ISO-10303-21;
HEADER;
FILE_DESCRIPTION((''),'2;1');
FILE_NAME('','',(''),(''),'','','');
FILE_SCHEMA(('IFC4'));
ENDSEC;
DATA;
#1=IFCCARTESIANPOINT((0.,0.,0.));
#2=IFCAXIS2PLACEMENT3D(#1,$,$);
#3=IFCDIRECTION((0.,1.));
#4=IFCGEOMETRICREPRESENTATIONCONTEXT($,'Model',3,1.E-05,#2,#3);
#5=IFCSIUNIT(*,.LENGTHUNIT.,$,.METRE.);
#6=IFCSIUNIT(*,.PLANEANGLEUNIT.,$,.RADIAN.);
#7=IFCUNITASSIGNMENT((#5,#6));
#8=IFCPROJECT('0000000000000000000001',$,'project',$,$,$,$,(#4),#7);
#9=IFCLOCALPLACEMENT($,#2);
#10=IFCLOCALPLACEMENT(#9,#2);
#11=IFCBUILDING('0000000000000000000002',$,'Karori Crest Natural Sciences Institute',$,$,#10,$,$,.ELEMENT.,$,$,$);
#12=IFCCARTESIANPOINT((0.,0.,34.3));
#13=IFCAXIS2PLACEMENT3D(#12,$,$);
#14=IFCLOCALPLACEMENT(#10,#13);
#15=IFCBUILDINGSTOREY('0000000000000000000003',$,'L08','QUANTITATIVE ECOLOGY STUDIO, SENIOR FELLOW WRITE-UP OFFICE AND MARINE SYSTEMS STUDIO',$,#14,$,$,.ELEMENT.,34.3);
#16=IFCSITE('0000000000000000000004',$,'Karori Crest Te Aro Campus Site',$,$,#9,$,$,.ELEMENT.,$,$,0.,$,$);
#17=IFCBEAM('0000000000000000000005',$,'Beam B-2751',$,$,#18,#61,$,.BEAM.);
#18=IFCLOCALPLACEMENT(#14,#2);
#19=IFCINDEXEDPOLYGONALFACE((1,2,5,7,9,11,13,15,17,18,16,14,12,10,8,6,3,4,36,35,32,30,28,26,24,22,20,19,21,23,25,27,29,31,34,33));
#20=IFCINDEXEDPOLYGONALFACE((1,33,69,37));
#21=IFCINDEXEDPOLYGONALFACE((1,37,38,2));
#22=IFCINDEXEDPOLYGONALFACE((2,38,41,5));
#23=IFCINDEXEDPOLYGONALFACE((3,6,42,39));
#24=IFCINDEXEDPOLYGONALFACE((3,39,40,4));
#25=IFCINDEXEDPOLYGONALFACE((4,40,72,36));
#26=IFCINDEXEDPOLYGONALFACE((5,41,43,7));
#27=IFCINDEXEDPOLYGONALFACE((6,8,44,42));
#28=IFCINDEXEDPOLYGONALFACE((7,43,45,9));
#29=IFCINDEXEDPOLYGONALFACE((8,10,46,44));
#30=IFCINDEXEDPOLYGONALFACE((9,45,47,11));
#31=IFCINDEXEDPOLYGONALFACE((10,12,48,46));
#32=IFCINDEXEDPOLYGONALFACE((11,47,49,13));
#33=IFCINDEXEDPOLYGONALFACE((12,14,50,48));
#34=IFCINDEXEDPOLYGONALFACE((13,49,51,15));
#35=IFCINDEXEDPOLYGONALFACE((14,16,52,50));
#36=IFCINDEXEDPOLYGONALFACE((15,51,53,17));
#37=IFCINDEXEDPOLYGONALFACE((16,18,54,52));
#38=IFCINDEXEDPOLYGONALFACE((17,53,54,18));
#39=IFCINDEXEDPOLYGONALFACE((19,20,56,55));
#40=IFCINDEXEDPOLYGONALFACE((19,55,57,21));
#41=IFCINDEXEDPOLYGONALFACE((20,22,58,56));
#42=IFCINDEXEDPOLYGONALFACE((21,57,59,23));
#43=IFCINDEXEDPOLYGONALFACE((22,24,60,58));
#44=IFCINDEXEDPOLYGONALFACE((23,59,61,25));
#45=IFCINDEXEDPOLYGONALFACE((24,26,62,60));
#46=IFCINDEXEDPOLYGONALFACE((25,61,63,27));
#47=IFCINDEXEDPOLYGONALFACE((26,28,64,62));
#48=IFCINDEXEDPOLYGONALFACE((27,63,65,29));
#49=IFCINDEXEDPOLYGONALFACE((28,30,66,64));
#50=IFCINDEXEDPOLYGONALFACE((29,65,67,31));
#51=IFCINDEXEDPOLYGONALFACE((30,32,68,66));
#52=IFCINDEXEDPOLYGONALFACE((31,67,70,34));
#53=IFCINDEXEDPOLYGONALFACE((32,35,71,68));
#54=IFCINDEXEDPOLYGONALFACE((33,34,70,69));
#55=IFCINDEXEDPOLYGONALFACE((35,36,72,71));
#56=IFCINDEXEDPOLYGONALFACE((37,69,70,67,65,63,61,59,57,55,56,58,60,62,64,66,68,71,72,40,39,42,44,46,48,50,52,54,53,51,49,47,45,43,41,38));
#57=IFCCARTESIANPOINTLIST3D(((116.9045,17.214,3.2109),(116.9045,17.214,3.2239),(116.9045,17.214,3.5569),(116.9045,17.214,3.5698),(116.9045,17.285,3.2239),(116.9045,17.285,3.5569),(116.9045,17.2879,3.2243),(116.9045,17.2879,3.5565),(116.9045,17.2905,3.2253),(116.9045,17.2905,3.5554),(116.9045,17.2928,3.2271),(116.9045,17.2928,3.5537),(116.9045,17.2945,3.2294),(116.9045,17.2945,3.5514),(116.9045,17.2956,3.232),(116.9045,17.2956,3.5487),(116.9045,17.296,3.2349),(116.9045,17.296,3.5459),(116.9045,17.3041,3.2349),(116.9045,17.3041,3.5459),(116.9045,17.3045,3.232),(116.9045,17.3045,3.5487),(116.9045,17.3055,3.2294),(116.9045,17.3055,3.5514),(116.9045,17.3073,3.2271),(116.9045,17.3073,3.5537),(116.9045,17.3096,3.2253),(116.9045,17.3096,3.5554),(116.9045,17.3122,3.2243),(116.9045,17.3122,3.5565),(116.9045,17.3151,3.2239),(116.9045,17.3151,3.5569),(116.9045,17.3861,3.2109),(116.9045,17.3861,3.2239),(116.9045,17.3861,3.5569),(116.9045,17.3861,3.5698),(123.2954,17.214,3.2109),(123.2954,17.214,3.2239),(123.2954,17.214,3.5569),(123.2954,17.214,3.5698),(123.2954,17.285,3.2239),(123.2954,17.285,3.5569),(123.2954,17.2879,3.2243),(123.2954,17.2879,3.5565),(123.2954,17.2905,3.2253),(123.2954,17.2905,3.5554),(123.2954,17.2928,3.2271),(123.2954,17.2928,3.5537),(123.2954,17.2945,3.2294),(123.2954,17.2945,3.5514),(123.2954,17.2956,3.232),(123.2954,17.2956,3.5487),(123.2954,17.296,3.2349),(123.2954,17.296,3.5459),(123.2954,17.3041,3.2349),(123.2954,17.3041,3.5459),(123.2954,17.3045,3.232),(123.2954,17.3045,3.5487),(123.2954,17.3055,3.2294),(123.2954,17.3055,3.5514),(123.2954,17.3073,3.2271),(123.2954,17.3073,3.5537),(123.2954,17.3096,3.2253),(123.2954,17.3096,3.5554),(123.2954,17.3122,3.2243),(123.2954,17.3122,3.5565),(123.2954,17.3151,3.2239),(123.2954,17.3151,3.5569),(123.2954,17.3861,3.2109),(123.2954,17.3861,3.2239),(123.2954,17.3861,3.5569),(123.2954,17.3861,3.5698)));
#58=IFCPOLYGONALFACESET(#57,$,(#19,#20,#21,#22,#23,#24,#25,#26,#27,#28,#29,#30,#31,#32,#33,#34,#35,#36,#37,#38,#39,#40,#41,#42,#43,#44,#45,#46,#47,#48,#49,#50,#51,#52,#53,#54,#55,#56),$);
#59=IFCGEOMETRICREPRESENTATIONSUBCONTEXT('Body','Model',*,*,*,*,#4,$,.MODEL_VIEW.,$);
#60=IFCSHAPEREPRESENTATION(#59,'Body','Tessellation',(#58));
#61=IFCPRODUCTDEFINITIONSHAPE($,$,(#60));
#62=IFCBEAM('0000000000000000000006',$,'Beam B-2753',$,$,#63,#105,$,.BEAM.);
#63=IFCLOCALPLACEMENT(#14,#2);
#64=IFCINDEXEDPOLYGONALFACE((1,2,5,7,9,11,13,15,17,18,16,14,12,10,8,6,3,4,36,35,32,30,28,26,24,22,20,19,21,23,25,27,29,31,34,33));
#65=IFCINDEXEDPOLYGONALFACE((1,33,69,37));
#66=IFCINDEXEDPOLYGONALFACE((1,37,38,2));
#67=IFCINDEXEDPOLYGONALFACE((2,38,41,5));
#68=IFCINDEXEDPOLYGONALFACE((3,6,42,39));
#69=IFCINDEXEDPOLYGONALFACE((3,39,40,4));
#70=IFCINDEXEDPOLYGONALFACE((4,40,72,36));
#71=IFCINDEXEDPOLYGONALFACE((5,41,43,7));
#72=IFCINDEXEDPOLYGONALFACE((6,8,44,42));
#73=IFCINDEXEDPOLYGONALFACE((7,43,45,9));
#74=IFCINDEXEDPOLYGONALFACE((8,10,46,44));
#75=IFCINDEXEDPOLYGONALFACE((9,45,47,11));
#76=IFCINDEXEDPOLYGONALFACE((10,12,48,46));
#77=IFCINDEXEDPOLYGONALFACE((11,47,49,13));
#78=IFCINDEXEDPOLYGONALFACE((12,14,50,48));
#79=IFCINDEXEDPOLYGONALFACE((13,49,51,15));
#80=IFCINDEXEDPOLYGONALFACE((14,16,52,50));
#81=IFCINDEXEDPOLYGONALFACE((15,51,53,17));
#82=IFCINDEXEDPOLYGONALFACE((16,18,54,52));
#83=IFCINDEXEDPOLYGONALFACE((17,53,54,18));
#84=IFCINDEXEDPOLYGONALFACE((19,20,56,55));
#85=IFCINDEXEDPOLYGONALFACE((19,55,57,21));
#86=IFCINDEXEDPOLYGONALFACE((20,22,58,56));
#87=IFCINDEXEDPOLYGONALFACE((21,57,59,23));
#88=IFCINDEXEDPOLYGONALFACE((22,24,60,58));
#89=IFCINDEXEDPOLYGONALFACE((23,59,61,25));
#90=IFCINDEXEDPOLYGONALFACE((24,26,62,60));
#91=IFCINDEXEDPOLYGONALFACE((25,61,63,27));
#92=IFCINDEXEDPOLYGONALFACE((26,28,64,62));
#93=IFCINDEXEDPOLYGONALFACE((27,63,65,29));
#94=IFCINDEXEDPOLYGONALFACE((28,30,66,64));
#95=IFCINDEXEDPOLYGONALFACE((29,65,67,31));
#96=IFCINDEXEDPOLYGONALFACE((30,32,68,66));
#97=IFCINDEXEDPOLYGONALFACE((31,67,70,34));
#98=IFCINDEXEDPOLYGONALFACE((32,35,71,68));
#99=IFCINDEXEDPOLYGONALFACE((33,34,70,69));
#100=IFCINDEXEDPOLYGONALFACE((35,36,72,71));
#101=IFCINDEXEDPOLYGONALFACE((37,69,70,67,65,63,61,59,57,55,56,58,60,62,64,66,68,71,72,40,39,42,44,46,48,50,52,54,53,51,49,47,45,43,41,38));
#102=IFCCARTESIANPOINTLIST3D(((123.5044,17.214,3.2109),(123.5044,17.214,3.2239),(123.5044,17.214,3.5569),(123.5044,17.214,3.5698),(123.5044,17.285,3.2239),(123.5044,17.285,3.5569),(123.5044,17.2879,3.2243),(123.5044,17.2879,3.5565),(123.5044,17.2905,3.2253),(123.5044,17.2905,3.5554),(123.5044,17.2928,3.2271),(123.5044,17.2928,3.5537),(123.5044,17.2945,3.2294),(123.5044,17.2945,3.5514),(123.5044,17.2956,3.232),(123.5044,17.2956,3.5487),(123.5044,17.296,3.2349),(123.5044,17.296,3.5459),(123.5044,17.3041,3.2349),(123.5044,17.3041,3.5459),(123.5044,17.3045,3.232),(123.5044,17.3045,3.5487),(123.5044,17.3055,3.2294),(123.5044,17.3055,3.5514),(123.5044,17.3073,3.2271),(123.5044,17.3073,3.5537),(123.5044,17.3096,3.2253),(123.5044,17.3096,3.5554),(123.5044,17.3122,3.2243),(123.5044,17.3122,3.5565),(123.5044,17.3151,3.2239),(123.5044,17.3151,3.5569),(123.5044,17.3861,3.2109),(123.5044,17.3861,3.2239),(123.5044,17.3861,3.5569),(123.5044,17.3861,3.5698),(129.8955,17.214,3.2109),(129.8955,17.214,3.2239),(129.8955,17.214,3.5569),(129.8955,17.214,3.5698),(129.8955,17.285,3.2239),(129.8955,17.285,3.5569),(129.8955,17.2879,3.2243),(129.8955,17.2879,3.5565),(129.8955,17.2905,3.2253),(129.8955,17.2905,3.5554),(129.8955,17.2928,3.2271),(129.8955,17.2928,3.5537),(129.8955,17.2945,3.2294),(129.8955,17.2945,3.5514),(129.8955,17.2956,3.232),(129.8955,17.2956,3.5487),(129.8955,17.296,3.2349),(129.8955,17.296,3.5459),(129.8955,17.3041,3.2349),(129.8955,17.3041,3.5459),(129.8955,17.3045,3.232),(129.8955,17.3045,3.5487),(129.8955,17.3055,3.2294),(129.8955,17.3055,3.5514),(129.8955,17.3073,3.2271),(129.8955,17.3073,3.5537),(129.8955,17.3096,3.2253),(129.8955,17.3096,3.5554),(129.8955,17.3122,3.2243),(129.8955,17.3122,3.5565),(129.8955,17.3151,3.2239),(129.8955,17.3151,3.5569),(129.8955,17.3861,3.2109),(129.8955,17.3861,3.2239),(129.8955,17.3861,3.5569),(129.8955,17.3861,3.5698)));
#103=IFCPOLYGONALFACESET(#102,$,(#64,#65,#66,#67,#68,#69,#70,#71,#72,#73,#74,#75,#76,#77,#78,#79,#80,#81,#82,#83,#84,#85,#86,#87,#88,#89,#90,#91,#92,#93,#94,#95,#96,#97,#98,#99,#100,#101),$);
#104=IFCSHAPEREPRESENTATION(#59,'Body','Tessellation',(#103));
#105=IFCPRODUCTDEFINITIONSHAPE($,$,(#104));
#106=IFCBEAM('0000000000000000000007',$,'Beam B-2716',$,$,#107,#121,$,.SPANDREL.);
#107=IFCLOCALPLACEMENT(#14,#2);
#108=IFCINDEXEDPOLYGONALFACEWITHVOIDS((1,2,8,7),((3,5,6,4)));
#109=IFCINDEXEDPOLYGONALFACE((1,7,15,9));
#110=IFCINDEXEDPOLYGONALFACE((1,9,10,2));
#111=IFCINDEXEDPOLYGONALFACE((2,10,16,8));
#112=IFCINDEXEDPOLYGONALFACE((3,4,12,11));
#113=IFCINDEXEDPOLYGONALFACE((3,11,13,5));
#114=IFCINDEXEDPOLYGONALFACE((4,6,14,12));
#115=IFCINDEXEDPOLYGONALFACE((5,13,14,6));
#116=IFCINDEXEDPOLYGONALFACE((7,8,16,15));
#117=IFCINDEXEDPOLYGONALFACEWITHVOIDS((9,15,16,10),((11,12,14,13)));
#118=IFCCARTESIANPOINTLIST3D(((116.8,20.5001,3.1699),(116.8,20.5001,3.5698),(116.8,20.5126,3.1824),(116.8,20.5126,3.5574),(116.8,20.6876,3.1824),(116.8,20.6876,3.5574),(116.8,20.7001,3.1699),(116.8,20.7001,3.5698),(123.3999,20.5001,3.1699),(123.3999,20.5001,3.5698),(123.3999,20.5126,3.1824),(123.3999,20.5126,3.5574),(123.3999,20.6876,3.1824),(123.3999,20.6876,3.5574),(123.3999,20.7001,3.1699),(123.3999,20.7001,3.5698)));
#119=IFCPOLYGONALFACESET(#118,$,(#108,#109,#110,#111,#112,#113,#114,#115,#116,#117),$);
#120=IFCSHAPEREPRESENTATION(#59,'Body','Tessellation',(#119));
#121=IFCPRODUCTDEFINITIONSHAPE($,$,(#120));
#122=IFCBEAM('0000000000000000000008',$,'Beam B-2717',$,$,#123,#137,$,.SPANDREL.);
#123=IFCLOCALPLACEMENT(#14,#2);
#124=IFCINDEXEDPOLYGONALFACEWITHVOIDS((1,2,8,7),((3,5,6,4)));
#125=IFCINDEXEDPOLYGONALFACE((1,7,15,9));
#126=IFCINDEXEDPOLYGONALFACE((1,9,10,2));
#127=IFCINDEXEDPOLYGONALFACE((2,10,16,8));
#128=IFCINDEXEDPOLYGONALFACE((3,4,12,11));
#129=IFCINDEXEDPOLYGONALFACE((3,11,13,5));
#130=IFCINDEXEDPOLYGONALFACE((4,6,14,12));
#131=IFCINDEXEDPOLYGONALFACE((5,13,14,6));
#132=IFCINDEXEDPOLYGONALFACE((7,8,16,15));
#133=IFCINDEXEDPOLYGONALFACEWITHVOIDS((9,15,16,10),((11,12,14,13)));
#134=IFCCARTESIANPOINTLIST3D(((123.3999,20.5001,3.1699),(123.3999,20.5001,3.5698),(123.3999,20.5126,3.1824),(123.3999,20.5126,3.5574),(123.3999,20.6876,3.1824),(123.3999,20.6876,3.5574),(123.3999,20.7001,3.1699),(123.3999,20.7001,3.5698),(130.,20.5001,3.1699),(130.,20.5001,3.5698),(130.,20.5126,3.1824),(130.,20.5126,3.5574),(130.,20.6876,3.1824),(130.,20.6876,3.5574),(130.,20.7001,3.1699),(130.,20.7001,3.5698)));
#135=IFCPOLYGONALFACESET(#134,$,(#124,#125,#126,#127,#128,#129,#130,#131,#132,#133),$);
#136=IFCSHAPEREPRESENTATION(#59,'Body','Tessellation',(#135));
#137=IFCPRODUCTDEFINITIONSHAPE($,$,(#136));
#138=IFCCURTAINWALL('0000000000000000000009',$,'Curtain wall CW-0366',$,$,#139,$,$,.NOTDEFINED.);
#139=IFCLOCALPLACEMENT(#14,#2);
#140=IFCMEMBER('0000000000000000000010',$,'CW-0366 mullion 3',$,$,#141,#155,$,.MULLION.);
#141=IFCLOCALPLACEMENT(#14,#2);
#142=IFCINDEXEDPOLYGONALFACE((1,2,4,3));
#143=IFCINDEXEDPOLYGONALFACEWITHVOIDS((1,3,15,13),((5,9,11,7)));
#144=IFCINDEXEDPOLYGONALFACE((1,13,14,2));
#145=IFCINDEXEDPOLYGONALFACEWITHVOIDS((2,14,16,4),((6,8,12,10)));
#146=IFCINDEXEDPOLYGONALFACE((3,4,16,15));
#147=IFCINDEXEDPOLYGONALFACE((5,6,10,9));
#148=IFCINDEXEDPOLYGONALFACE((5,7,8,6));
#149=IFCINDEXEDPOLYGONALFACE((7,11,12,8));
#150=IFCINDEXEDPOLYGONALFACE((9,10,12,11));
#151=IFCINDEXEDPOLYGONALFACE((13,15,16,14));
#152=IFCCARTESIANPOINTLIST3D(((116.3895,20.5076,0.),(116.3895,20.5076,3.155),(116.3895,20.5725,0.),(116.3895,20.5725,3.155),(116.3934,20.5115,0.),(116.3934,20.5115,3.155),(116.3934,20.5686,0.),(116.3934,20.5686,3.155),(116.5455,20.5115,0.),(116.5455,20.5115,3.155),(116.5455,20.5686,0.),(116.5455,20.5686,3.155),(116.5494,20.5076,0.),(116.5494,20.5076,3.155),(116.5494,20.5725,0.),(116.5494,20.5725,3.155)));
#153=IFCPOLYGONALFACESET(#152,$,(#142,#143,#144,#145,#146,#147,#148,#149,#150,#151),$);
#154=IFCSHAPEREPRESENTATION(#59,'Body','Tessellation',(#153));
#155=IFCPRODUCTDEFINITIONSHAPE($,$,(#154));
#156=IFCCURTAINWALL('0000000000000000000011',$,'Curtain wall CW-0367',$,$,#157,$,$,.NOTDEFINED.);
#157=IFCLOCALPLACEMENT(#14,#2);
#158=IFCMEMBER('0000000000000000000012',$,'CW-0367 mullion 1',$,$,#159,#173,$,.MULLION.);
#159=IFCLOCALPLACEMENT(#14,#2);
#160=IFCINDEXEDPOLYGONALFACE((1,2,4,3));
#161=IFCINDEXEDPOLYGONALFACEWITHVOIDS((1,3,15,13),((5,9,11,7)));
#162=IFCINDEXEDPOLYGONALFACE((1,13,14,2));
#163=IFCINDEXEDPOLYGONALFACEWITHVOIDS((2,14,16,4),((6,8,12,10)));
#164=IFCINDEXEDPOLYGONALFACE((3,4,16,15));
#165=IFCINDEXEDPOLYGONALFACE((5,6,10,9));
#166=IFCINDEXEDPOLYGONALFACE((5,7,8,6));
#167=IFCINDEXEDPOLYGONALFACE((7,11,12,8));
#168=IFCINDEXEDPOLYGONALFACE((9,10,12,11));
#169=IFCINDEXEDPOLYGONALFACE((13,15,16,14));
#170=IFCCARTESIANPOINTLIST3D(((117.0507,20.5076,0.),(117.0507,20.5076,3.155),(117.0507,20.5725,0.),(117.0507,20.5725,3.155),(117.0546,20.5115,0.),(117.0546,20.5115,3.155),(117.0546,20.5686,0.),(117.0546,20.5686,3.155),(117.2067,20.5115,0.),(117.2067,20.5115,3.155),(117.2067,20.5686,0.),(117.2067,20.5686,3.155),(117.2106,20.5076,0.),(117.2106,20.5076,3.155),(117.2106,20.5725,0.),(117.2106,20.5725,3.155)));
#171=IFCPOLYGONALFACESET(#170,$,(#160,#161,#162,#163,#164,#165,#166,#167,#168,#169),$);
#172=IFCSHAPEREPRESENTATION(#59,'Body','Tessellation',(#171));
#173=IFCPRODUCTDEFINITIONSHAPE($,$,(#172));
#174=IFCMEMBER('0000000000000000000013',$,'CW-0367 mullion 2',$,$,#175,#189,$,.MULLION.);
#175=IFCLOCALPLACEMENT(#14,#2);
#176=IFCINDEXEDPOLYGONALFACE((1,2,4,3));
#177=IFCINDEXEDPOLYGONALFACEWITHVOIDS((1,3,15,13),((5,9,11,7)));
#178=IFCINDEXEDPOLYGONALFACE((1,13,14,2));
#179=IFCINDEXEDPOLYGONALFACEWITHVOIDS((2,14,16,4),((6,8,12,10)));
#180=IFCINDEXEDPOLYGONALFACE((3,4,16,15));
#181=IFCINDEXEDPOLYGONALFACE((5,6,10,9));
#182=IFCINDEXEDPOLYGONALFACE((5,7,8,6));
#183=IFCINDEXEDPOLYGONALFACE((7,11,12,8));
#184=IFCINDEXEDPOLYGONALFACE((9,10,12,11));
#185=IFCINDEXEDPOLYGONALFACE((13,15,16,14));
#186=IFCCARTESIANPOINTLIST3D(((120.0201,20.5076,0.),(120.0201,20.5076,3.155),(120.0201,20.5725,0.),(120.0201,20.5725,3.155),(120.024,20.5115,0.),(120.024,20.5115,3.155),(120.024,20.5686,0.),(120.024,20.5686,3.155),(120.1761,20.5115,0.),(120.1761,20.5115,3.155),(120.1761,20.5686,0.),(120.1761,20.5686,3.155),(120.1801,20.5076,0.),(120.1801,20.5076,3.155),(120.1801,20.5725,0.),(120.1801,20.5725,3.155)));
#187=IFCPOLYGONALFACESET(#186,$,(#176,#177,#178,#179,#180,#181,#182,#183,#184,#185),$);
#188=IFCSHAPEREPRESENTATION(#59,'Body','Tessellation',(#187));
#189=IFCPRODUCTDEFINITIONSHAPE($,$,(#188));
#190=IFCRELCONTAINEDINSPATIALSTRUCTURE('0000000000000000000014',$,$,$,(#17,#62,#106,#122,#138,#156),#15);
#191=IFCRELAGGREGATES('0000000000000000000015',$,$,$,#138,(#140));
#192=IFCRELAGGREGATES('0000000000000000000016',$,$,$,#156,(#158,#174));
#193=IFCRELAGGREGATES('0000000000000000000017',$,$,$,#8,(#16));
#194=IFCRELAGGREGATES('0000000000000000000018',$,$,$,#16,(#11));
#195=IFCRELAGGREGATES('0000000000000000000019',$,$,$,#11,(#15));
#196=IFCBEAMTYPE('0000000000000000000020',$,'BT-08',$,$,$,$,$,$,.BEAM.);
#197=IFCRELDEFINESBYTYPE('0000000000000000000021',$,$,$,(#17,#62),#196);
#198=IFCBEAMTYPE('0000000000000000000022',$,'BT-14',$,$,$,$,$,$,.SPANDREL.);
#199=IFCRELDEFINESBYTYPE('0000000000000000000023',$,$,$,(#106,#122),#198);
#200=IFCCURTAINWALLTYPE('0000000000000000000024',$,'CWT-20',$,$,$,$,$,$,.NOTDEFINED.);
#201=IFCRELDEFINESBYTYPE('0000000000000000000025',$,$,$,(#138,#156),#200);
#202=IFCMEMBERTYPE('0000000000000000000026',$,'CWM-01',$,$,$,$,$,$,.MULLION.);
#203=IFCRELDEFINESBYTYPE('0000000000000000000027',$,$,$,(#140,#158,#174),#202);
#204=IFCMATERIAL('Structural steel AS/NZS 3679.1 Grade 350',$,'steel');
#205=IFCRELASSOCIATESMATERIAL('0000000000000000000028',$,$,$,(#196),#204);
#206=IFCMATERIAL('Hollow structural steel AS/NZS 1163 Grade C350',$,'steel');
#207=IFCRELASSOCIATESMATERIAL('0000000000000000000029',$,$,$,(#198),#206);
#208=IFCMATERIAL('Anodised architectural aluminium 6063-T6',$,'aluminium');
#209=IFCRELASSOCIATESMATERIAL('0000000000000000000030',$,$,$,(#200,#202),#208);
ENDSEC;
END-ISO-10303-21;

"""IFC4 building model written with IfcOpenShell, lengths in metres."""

from ifc_helpers import new_model, si_unit, direction, frame, origin, origin_2d, place, context, subcontext, project, spatial, hollow_rectangle, i_section, extrude, material, material_profile, profile_set, type_object, element, aggregate, save


model = new_model("IFC4")

# Units and contexts
model_context = context("Model", 3, precision=1e-05, world=origin(), true_north=direction((0.0, 1.0)))
body_context = subcontext(model_context, "Body", "Model", "MODEL_VIEW")
ifc_project = project(units=[si_unit("LENGTHUNIT", "METRE"), si_unit("PLANEANGLEUNIT", "RADIAN")], contexts=[model_context])

# Site, building, storey
site_placement = place(None, origin())
site = spatial("IfcSite", under=ifc_project, at=site_placement, Name="Karori Crest Te Aro Campus Site", CompositionType="ELEMENT", RefElevation=0.0)
building_placement = place(site_placement, origin())
building = spatial("IfcBuilding", under=site, at=building_placement, Name="Karori Crest Natural Sciences Institute", CompositionType="ELEMENT")
storey_placement = place(building_placement, frame((0.0, 0.0, 34.3)))
storey = spatial("IfcBuildingStorey", under=building, at=storey_placement, Name="L08", Description="QUANTITATIVE ECOLOGY STUDIO, SENIOR FELLOW WRITE-UP OFFICE AND MARINE SYSTEMS STUDIO", CompositionType="ELEMENT", Elevation=34.3)

# Beams
ifc_material_1 = material(Name="Structural steel AS/NZS 3679.1 Grade 350", Category="steel")
ifc_material_profile_1 = material_profile(ifc_material_1, i_section(OverallWidth=0.1721, OverallDepth=0.3589, WebThickness=0.0081, FlangeThickness=0.0129, FilletRadius=0.011, at=origin_2d()), Name="360UB56.7")
ifc_profile_set_1 = profile_set([ifc_material_profile_1], Name="Structural steel AS/NZS 3679.1 Grade 350")
beam_type_1 = type_object("IfcBeamType", Name="BT-08", PredefinedType="BEAM", material=ifc_profile_set_1)
beam_1_placement = place(storey_placement, frame((116.9045, 17.3, 3.3904), z_axis=(1.0, 0.0, 0.0), x_axis=(0.0, 1.0, 0.0)))
element("IfcBeam", 1, at=beam_1_placement, inside=storey, type_object=beam_type_1, Name="Beam B-2751", PredefinedType="BEAM", context=body_context, shape_type="SweptSolid", body=[
    extrude(i_section(OverallWidth=0.1721, OverallDepth=0.3589, WebThickness=0.0081, FlangeThickness=0.0129, FilletRadius=0.011, at=origin_2d()), origin(), (0.0, 0.0, 1.0), 6.3909),
])
beam_2_placement = place(storey_placement, frame((123.5044, 17.3, 3.3904), z_axis=(1.0, 0.0, 0.0), x_axis=(0.0, 1.0, 0.0)))
element("IfcBeam", 2, at=beam_2_placement, inside=storey, type_object=beam_type_1, Name="Beam B-2753", PredefinedType="BEAM", context=body_context, shape_type="SweptSolid", body=[
    extrude(i_section(OverallWidth=0.1721, OverallDepth=0.3589, WebThickness=0.0081, FlangeThickness=0.0129, FilletRadius=0.011, at=origin_2d()), origin(), (0.0, 0.0, 1.0), 6.3911),
])
ifc_material_2 = material(Name="Hollow structural steel AS/NZS 1163 Grade C350", Category="steel")
ifc_material_profile_2 = material_profile(ifc_material_2, hollow_rectangle(XDim=0.2, YDim=0.3999, WallThickness=0.0125, at=origin_2d()), Name="RHS400x200x12.5")
ifc_profile_set_2 = profile_set([ifc_material_profile_2], Name="Hollow structural steel AS/NZS 1163 Grade C350")
beam_type_2 = type_object("IfcBeamType", Name="BT-14", PredefinedType="SPANDREL", material=ifc_profile_set_2)
beam_3_placement = place(storey_placement, frame((116.8, 20.6001, 3.3699), z_axis=(1.0, 0.0, 0.0), x_axis=(0.0, 1.0, 0.0)))
element("IfcBeam", 3, at=beam_3_placement, inside=storey, type_object=beam_type_2, Name="Beam B-2716", PredefinedType="SPANDREL", context=body_context, shape_type="SweptSolid", body=[
    extrude(hollow_rectangle(XDim=0.2, YDim=0.3999, WallThickness=0.0125, at=origin_2d()), origin(), (0.0, 0.0, 1.0), 6.5999),
])
beam_4_placement = place(storey_placement, frame((123.3999, 20.6001, 3.3699), z_axis=(1.0, 0.0, 0.0), x_axis=(0.0, 1.0, 0.0)))
element("IfcBeam", 4, at=beam_4_placement, inside=storey, type_object=beam_type_2, Name="Beam B-2717", PredefinedType="SPANDREL", context=body_context, shape_type="SweptSolid", body=[
    extrude(hollow_rectangle(XDim=0.2, YDim=0.3999, WallThickness=0.0125, at=origin_2d()), origin(), (0.0, 0.0, 1.0), 6.6001),
])

# Curtain wall, member
ifc_material_3 = material(Name="Anodised architectural aluminium 6063-T6", Category="aluminium")
curtain_wall_type = type_object("IfcCurtainWallType", Name="CWT-20", PredefinedType="NOTDEFINED", material=ifc_material_3)
curtain_wall_1_placement = place(storey_placement, origin())
curtain_wall_1 = element("IfcCurtainWall", 5, at=curtain_wall_1_placement, inside=storey, type_object=curtain_wall_type, Name="Curtain wall CW-0366", PredefinedType="NOTDEFINED")
ifc_material_profile_3 = material_profile(ifc_material_3, hollow_rectangle(XDim=0.0649, YDim=0.1599, WallThickness=0.0039, at=origin_2d()), Name="CWM160x65x4")
ifc_profile_set_3 = profile_set([ifc_material_profile_3], Name="Anodised architectural aluminium 6063-T6")
member_type_1 = type_object("IfcMemberType", Name="CWM-01", PredefinedType="MULLION", material=ifc_profile_set_3)
member_1_placement = place(storey_placement, frame((116.4695, 20.54, 0.0), z_axis=(0.0, 0.0, 1.0), x_axis=(0.0, 1.0, 0.0)))
member_1 = element("IfcMember", 6, at=member_1_placement, type_object=member_type_1, Name="CW-0366 mullion 3", PredefinedType="MULLION", context=body_context, shape_type="SweptSolid", body=[
    extrude(hollow_rectangle(XDim=0.0649, YDim=0.1599, WallThickness=0.0039, at=origin_2d()), origin(), (0.0, 0.0, 1.0), 3.155),
])

# Curtain wall, members
curtain_wall_2_placement = place(storey_placement, origin())
curtain_wall_2 = element("IfcCurtainWall", 7, at=curtain_wall_2_placement, inside=storey, type_object=curtain_wall_type, Name="Curtain wall CW-0367", PredefinedType="NOTDEFINED")
member_2_placement = place(storey_placement, frame((117.1306, 20.54, 0.0), z_axis=(0.0, 0.0, 1.0), x_axis=(0.0, 1.0, 0.0)))
member_2 = element("IfcMember", 8, at=member_2_placement, type_object=member_type_1, Name="CW-0367 mullion 1", PredefinedType="MULLION", context=body_context, shape_type="SweptSolid", body=[
    extrude(hollow_rectangle(XDim=0.0649, YDim=0.1599, WallThickness=0.0039, at=origin_2d()), origin(), (0.0, 0.0, 1.0), 3.155),
])
member_3_placement = place(storey_placement, frame((120.1001, 20.54, 0.0), z_axis=(0.0, 0.0, 1.0), x_axis=(0.0, 1.0, 0.0)))
member_3 = element("IfcMember", 9, at=member_3_placement, type_object=member_type_1, Name="CW-0367 mullion 2", PredefinedType="MULLION", context=body_context, shape_type="SweptSolid", body=[
    extrude(hollow_rectangle(XDim=0.0649, YDim=0.1599, WallThickness=0.0039, at=origin_2d()), origin(), (0.0, 0.0, 1.0), 3.155),
])

aggregate(curtain_wall_1, [member_1])
aggregate(curtain_wall_2, [member_2, member_3])

save(model, "model.ifc")
